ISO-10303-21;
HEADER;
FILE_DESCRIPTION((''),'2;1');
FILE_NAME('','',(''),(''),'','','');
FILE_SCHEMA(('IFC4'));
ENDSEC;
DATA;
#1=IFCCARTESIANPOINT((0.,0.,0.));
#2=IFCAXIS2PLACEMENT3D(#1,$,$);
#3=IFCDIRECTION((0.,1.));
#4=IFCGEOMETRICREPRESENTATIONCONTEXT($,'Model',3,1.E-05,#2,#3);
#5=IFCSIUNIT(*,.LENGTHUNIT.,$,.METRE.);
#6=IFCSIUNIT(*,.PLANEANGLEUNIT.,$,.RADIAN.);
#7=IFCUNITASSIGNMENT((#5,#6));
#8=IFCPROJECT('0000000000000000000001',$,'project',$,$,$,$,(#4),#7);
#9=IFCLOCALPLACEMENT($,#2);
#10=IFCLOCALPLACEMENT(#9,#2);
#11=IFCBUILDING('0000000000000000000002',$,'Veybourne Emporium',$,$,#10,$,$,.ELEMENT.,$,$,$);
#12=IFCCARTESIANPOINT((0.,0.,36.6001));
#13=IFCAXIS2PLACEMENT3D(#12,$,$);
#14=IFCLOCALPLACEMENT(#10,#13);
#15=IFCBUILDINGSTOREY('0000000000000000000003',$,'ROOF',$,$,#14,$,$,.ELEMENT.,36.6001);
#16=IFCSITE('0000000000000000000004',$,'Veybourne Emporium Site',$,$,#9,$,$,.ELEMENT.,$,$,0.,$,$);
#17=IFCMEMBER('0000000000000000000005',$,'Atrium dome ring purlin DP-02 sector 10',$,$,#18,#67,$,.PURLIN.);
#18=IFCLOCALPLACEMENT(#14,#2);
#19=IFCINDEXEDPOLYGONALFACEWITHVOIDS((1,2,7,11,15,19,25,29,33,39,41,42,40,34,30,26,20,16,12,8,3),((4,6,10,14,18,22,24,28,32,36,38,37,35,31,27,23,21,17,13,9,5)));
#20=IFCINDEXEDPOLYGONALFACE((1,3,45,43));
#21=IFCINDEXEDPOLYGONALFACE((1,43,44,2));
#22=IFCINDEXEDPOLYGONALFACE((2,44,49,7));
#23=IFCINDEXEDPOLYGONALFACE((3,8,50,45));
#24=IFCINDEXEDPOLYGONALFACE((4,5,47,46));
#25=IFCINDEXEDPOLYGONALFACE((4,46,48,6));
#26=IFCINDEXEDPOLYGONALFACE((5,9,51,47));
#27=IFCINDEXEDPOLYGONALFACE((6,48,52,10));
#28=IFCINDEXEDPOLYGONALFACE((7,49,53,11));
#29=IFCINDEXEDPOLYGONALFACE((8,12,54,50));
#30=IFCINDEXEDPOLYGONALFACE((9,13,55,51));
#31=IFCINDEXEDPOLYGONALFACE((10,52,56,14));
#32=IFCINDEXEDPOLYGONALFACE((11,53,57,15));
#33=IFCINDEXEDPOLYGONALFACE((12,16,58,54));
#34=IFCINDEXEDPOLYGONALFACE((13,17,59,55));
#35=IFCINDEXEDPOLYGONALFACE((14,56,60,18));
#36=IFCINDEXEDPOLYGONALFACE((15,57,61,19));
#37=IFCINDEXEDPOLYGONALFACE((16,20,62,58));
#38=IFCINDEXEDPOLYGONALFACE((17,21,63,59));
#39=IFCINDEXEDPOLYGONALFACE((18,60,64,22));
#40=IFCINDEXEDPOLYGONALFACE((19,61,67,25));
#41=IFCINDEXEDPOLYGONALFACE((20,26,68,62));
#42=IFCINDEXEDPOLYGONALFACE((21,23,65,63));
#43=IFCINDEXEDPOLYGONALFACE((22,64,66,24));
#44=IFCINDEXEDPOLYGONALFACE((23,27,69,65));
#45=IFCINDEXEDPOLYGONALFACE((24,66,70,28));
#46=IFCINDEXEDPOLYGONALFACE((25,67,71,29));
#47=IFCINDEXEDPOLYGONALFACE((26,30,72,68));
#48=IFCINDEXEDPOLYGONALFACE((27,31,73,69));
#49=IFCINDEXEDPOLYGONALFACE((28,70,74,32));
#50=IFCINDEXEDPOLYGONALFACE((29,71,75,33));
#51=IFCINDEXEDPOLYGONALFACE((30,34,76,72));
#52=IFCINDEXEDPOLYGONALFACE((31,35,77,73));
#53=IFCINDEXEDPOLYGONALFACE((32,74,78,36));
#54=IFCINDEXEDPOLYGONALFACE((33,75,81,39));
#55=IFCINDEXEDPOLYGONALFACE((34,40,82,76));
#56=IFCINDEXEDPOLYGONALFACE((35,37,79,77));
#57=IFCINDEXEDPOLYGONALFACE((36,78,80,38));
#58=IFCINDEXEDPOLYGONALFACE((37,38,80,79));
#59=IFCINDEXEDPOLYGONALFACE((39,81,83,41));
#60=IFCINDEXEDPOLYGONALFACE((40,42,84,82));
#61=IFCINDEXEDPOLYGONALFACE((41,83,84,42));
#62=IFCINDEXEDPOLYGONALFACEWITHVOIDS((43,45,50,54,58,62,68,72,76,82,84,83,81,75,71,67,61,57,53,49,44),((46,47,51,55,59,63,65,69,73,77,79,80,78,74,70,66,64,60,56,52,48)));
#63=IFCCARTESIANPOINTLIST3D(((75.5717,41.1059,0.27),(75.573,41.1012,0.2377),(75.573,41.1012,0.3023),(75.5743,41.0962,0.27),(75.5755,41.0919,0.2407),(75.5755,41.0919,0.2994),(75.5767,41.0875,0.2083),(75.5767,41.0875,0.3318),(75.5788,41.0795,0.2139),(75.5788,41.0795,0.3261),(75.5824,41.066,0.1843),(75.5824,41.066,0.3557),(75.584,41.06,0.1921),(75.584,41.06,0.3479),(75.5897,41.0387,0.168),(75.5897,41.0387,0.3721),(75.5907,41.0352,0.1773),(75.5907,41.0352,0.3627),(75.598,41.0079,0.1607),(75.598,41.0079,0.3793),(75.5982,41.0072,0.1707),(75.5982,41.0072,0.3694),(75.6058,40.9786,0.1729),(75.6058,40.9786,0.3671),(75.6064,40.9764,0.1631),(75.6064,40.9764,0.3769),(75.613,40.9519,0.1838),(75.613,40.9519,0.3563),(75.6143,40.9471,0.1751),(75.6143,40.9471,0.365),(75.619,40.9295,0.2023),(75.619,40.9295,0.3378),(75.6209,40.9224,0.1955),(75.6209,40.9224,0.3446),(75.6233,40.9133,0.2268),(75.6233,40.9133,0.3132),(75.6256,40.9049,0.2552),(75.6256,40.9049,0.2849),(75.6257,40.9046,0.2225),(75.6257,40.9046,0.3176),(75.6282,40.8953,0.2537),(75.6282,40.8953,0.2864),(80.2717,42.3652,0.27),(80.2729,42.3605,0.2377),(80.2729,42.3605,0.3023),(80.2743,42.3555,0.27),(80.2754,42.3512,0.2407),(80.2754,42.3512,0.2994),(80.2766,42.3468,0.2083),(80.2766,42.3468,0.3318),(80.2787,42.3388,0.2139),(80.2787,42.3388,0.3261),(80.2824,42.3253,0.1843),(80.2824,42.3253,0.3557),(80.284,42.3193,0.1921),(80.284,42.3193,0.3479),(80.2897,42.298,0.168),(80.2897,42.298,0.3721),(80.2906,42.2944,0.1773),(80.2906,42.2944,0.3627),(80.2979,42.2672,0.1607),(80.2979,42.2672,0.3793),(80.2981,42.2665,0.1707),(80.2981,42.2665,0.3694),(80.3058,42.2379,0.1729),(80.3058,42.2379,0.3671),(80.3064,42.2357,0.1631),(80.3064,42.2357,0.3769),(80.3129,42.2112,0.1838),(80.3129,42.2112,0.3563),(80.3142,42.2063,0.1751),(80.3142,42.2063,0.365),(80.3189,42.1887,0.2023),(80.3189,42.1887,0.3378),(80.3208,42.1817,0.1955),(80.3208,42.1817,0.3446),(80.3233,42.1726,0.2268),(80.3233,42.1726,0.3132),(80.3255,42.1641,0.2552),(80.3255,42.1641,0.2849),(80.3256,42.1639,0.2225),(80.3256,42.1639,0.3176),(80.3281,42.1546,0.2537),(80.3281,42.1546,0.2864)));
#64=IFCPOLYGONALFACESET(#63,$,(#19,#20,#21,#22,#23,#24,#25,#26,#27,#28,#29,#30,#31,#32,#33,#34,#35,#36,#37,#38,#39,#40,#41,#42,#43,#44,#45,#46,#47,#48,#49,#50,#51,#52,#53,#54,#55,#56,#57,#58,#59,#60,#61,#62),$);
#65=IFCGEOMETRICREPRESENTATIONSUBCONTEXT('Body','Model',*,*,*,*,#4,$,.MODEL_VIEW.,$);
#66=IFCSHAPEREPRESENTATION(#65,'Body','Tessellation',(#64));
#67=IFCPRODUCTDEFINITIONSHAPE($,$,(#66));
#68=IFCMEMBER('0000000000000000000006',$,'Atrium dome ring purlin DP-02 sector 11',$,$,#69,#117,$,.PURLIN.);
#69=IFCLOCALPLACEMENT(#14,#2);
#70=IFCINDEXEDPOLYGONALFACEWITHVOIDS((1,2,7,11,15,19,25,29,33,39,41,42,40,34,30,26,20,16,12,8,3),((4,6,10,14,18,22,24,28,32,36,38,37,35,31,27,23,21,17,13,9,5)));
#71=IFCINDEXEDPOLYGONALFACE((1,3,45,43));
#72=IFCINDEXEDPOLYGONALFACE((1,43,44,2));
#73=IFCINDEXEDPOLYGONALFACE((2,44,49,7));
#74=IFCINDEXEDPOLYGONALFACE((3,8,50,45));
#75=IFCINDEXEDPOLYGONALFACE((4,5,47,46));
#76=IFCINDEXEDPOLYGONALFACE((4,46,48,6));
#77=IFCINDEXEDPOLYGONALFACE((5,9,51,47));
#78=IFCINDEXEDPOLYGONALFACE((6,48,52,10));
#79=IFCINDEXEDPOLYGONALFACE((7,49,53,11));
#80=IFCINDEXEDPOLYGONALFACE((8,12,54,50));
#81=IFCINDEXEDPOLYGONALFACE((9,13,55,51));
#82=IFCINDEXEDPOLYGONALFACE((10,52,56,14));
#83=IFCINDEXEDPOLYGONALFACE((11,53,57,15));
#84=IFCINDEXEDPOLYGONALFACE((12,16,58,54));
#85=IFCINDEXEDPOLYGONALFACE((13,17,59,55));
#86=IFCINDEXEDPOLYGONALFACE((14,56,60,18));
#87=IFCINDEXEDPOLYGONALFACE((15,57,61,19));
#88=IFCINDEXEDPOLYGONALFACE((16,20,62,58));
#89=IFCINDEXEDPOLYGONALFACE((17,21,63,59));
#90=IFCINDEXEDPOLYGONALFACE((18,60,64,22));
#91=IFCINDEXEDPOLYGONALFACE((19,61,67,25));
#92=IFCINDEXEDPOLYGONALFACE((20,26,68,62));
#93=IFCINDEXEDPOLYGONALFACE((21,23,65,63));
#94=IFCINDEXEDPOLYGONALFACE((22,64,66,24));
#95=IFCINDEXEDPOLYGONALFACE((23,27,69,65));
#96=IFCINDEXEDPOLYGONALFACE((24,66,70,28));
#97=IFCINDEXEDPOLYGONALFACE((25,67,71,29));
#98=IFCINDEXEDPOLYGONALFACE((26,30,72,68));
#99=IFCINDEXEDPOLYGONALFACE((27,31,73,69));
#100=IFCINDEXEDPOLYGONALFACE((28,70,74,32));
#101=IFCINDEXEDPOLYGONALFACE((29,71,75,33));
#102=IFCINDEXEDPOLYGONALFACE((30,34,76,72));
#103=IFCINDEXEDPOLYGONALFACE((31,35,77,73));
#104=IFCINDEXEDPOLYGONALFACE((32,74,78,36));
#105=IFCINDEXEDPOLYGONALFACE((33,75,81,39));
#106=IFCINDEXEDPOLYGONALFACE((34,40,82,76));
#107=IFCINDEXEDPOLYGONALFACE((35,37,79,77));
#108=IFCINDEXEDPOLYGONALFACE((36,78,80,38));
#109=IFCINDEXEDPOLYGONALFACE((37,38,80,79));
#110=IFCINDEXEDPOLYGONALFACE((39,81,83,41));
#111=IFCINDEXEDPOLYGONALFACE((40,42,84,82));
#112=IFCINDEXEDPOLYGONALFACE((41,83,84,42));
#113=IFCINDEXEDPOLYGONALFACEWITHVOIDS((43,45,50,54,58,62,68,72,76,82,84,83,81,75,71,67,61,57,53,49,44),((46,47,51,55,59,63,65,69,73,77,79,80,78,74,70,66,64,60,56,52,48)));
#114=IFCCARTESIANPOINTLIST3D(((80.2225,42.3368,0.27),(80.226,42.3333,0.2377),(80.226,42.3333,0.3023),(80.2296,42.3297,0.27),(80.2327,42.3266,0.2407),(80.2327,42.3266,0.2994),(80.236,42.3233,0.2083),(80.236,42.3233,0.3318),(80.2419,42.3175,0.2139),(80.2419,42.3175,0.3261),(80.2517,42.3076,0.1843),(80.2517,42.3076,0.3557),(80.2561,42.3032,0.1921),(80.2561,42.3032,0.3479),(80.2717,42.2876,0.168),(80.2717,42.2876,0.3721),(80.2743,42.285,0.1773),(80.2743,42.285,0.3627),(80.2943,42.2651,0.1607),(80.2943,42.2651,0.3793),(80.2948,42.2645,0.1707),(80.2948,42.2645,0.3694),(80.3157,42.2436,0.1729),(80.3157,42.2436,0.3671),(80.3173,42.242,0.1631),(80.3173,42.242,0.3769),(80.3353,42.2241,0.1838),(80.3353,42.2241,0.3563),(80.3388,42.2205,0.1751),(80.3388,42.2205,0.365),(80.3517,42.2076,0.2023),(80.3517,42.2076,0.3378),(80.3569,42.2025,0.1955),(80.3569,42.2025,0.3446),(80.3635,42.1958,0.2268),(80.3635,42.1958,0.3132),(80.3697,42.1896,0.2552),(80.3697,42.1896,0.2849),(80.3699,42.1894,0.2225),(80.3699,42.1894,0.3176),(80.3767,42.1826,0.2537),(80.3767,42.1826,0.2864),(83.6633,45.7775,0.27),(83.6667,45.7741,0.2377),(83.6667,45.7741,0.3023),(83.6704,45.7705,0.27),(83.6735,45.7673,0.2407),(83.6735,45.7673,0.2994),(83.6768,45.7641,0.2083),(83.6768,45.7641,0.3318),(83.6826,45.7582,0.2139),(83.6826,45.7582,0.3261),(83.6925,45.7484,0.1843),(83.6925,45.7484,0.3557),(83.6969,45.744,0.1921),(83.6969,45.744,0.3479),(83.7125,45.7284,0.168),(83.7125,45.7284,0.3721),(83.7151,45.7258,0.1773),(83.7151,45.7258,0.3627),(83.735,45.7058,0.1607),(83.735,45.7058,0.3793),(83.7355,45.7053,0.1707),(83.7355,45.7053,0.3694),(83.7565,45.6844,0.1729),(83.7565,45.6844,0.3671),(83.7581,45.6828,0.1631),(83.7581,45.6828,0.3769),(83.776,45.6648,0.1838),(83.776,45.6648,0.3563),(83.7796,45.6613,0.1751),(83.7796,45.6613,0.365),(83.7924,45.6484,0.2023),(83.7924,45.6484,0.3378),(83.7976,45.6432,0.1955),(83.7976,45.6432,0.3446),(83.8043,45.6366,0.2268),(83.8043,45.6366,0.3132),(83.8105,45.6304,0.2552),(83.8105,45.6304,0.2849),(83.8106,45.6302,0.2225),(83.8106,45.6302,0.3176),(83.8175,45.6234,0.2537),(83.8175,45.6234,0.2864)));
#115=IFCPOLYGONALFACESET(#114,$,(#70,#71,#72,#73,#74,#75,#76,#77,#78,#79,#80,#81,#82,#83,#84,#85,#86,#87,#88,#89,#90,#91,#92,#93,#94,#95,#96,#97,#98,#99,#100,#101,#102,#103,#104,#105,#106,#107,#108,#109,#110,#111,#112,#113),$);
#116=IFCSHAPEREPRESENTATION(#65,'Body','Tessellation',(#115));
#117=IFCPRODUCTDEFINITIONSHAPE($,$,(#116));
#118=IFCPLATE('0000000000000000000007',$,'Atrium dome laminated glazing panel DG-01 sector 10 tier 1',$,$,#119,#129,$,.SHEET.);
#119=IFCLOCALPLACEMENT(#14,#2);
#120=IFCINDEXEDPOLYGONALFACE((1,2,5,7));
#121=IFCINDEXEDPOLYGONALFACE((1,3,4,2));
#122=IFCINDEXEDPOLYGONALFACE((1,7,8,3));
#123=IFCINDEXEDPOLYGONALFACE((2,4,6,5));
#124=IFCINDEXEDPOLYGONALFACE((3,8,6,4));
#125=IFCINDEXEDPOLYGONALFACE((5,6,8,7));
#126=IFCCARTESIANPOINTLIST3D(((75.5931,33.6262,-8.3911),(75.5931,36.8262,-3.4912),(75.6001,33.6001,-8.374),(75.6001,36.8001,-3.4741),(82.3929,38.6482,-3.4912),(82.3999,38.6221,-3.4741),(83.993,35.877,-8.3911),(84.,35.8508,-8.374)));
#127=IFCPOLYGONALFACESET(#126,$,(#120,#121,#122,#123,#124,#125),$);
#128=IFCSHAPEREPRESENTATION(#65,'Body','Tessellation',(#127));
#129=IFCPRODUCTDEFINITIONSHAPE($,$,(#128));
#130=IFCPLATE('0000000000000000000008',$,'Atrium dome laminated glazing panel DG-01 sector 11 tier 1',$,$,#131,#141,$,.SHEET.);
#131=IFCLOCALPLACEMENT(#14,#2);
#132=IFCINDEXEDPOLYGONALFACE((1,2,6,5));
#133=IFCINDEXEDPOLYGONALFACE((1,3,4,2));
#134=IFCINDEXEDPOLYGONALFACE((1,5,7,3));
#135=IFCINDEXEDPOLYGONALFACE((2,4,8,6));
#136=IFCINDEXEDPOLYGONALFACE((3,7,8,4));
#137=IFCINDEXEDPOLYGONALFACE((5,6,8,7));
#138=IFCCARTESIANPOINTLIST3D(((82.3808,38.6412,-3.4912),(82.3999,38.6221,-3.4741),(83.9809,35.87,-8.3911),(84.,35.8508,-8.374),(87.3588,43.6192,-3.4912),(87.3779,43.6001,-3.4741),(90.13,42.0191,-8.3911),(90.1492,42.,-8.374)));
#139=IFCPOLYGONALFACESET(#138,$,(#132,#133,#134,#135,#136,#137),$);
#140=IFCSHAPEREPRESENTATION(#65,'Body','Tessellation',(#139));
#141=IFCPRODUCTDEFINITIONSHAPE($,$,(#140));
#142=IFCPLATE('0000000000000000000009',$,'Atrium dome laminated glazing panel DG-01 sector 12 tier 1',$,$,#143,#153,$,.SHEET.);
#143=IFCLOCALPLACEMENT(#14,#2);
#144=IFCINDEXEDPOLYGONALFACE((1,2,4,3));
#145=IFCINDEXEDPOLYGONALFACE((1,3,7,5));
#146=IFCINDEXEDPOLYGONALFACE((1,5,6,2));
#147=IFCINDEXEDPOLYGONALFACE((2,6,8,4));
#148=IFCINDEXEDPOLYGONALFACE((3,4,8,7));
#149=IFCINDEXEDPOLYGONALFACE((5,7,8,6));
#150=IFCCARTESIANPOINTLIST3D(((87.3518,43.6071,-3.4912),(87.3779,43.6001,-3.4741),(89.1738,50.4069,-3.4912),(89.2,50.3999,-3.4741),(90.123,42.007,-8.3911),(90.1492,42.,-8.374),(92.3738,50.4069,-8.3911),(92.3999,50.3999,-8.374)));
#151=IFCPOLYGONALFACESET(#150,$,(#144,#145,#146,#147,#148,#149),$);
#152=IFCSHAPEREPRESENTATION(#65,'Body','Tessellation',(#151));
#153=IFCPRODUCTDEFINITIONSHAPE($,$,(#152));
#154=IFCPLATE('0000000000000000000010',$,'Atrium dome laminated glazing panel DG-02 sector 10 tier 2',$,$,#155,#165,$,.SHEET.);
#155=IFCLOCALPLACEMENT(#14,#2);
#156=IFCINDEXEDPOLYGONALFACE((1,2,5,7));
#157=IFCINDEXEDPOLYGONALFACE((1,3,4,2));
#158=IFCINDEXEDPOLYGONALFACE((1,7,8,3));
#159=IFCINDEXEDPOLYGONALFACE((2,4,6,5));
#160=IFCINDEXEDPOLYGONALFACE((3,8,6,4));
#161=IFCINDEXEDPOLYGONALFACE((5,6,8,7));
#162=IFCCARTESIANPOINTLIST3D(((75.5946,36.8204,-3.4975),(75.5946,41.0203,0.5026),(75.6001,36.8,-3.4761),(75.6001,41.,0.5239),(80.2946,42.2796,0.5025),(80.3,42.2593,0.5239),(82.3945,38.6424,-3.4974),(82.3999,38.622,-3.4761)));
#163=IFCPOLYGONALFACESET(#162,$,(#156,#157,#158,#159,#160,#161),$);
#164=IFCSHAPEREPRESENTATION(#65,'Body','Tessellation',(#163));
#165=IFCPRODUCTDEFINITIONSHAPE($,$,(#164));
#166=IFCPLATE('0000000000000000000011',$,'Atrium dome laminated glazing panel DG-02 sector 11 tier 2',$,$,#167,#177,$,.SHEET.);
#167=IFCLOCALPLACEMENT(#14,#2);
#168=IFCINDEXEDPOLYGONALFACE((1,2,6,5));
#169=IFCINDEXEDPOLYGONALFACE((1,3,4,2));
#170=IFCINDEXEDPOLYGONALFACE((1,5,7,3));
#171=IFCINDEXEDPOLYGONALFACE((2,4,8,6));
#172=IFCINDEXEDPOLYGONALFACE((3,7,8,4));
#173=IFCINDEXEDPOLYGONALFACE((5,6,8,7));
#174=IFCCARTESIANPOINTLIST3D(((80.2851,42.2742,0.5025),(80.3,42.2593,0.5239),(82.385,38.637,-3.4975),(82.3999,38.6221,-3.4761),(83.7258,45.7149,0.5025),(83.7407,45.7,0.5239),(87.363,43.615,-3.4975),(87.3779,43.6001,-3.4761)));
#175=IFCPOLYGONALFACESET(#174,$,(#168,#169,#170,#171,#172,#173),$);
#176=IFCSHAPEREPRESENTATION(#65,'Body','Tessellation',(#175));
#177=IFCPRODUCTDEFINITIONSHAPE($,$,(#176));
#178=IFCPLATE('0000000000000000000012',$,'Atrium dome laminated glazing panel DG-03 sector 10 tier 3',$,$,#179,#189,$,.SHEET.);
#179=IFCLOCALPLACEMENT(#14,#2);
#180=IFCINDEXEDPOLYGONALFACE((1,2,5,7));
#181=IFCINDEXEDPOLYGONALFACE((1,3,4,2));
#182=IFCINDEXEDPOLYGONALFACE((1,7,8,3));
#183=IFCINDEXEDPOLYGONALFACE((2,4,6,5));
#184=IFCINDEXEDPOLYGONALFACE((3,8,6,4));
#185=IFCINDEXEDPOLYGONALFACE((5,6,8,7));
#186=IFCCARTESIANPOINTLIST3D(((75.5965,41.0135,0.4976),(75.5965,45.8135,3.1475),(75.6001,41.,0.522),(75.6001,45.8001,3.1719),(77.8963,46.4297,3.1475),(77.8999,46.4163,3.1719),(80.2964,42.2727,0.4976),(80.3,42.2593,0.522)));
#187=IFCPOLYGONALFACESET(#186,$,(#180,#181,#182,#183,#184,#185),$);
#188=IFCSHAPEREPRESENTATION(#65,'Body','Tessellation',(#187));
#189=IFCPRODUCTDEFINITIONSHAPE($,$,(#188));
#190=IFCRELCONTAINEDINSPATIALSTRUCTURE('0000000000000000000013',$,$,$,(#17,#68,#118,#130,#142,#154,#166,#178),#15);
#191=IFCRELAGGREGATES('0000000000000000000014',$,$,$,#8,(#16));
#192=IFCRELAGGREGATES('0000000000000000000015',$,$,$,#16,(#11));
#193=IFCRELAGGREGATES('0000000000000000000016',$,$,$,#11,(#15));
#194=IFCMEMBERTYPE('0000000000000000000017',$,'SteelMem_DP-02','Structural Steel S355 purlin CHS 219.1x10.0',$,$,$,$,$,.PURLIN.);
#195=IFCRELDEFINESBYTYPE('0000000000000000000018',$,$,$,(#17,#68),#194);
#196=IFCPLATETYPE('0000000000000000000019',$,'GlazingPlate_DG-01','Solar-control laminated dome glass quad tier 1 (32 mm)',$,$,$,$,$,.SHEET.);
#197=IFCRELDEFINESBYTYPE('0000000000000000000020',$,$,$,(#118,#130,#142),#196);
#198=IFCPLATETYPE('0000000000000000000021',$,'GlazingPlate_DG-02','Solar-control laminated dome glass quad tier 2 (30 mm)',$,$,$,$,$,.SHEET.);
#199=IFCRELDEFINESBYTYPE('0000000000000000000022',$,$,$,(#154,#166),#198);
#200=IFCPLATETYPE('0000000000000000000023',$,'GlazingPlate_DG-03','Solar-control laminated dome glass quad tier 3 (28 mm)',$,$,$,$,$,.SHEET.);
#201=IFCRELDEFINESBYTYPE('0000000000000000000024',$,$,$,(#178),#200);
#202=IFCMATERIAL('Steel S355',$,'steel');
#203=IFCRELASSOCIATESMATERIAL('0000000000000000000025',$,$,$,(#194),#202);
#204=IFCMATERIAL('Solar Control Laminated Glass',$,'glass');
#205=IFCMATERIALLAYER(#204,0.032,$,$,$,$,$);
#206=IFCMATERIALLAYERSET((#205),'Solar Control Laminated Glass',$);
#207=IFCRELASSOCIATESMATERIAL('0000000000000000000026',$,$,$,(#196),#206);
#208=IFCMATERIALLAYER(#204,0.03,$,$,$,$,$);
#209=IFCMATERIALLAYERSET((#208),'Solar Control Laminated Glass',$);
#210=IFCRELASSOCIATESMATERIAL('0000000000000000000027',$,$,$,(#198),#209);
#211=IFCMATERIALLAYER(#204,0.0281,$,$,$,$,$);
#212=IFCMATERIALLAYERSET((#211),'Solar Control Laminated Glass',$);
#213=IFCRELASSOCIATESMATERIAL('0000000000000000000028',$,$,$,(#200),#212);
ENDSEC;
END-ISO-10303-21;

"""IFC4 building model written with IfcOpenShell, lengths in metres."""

from ifc_helpers import new_model, si_unit, direction, frame, origin, origin_2d, place, context, subcontext, project, spatial, polyline, hollow_circle, outline, extrude, material, layer, layer_set, material_profile, profile_set, type_object, element, save


model = new_model("IFC4")

# Units and contexts
model_context = context("Model", 3, precision=1e-05, world=origin(), true_north=direction((0.0, 1.0)))
body_context = subcontext(model_context, "Body", "Model", "MODEL_VIEW")
ifc_project = project(units=[si_unit("LENGTHUNIT", "METRE"), si_unit("PLANEANGLEUNIT", "RADIAN")], contexts=[model_context])

# Site, building, storey
site_placement = place(None, origin())
site = spatial("IfcSite", under=ifc_project, at=site_placement, Name="Veybourne Emporium Site", CompositionType="ELEMENT", RefElevation=0.0)
building_placement = place(site_placement, origin())
building = spatial("IfcBuilding", under=site, at=building_placement, Name="Veybourne Emporium", CompositionType="ELEMENT")
storey_placement = place(building_placement, frame((0.0, 0.0, 36.6001)))
storey = spatial("IfcBuildingStorey", under=building, at=storey_placement, Name="ROOF", CompositionType="ELEMENT", Elevation=36.6001)

# Shared definitions
ifc_material_1 = material(Name="Steel S355", Category="steel")

# Members
ifc_material_profile_1 = material_profile(ifc_material_1, hollow_circle(Radius=0.1096, WallThickness=0.01, at=origin_2d()), Name="CHS 219.1x10.0")
ifc_profile_set_1 = profile_set([ifc_material_profile_1], Name="Steel S355")
member_type_1 = type_object("IfcMemberType", Name="SteelMem_DP-02", Description="Structural Steel S355 purlin CHS 219.1x10.0", PredefinedType="PURLIN", material=ifc_profile_set_1)
member_1_placement = place(storey_placement, frame((75.6001, 41.0, 0.27), z_axis=(0.965929, 0.258805, 0.0), x_axis=(-0.258805, 0.965929, 0.0)))
element("IfcMember", 1, at=member_1_placement, inside=storey, type_object=member_type_1, Name="Atrium dome ring purlin DP-02 sector 10", PredefinedType="PURLIN", context=body_context, shape_type="SweptSolid", body=[
    extrude(hollow_circle(Radius=0.1096, WallThickness=0.01, at=origin_2d()), origin(), (0.0, 0.0, 1.0), 4.8657),
])
member_2_placement = place(storey_placement, frame((80.3, 42.2593, 0.27), z_axis=(0.707107, 0.707107, 0.0), x_axis=(-0.707107, 0.707107, 0.0)))
element("IfcMember", 2, at=member_2_placement, inside=storey, type_object=member_type_1, Name="Atrium dome ring purlin DP-02 sector 11", PredefinedType="PURLIN", context=body_context, shape_type="SweptSolid", body=[
    extrude(hollow_circle(Radius=0.1096, WallThickness=0.01, at=origin_2d()), origin(), (0.0, 0.0, 1.0), 4.866),
])

# Plates
ifc_material_2 = material(Name="Solar Control Laminated Glass", Category="glass")
ifc_layer_1 = layer(ifc_material_2, 0.032)
ifc_layer_set_1 = layer_set([ifc_layer_1], Name="Solar Control Laminated Glass")
plate_type_1 = type_object("IfcPlateType", Name="GlazingPlate_DG-01", Description="Solar-control laminated dome glass quad tier 1 (32 mm)", PredefinedType="SHEET", material=ifc_layer_set_1)
plate_1_placement = place(storey_placement, frame((75.6001, 33.6001, -8.374), z_axis=(0.218904, -0.816961, 0.533531), x_axis=(0.965926, 0.258819, -0.000001)))
element("IfcPlate", 3, at=plate_1_placement, inside=storey, type_object=plate_type_1, Name="Atrium dome laminated glazing panel DG-01 sector 10 tier 1", PredefinedType="SHEET", context=body_context, shape_type="SweptSolid", body=[
    extrude(outline(polyline([(0.0, 0.0), (8.6962, 0.0), (7.8679, 5.7934), (0.8282, 5.7933), (0.0, 0.0)])), origin(), (0.0, 0.0, -1.0), 0.032),
])
plate_2_placement = place(storey_placement, frame((84.0, 35.8508, -8.374), z_axis=(0.598053, -0.598053, 0.53354), x_axis=(0.707107, 0.707107, 0.0)))
element("IfcPlate", 4, at=plate_2_placement, inside=storey, type_object=plate_type_1, Name="Atrium dome laminated glazing panel DG-01 sector 11 tier 1", PredefinedType="SHEET", context=body_context, shape_type="SweptSolid", body=[
    extrude(outline(polyline([(0.0, 0.0), (8.6962, 0.0), (7.8681, 5.7934), (0.8281, 5.7934), (0.0, 0.0)])), origin(), (0.0, 0.0, -1.0), 0.032),
])
plate_3_placement = place(storey_placement, frame((90.1492, 42.0, -8.374), z_axis=(0.816961, -0.218904, 0.533531), x_axis=(0.258819, 0.965926, 0.000001)))
element("IfcPlate", 5, at=plate_3_placement, inside=storey, type_object=plate_type_1, Name="Atrium dome laminated glazing panel DG-01 sector 12 tier 1", PredefinedType="SHEET", context=body_context, shape_type="SweptSolid", body=[
    extrude(outline(polyline([(0.0, 0.0), (8.6962, 0.0), (7.868, 5.7933), (0.8283, 5.7934), (0.0, 0.0)])), origin(), (0.0, 0.0, -1.0), 0.032),
])
ifc_layer_2 = layer(ifc_material_2, 0.03)
ifc_layer_set_2 = layer_set([ifc_layer_2], Name="Solar Control Laminated Glass")
plate_type_2 = type_object("IfcPlateType", Name="GlazingPlate_DG-02", Description="Solar-control laminated dome glass quad tier 2 (30 mm)", PredefinedType="SHEET", material=ifc_layer_set_2)
plate_4_placement = place(storey_placement, frame((75.6001, 36.8, -3.4761), z_axis=(0.181715, -0.678182, 0.712074), x_axis=(0.965926, 0.258818, 0.000003)))
element("IfcPlate", 6, at=plate_4_placement, inside=storey, type_object=plate_type_2, Name="Atrium dome laminated glazing panel DG-02 sector 10 tier 2", PredefinedType="SHEET", context=body_context, shape_type="SweptSolid", body=[
    extrude(outline(polyline([(0.0, 0.0), (7.0397, 0.0), (5.9528, 5.6971), (1.087, 5.6972), (0.0, 0.0)])), origin(), (0.0, 0.0, -1.0), 0.03),
])
plate_5_placement = place(storey_placement, frame((82.3999, 38.6221, -3.4761), z_axis=(0.496468, -0.496468, 0.712067), x_axis=(0.707107, 0.707107, 0.0)))
element("IfcPlate", 7, at=plate_5_placement, inside=storey, type_object=plate_type_2, Name="Atrium dome laminated glazing panel DG-02 sector 11 tier 2", PredefinedType="SHEET", context=body_context, shape_type="SweptSolid", body=[
    extrude(outline(polyline([(0.0, 0.0), (7.04, 0.0), (5.9529, 5.6971), (1.0871, 5.6971), (0.0, 0.0)])), origin(), (0.0, 0.0, -1.0), 0.03),
])
ifc_layer_3 = layer(ifc_material_2, 0.0281)
ifc_layer_set_3 = layer_set([ifc_layer_3], Name="Solar Control Laminated Glass")
plate_type_3 = type_object("IfcPlateType", Name="GlazingPlate_DG-03", Description="Solar-control laminated dome glass quad tier 3 (28 mm)", PredefinedType="SHEET", material=ifc_layer_set_3)
plate_6_placement = place(storey_placement, frame((75.6001, 41.0, 0.522), z_axis=(0.128421, -0.479298, 0.868206), x_axis=(0.965929, 0.258806, -0.000001)))
element("IfcPlate", 8, at=plate_6_placement, inside=storey, type_object=plate_type_3, Name="Atrium dome laminated glazing panel DG-03 sector 10 tier 3", PredefinedType="SHEET", context=body_context, shape_type="SweptSolid", body=[
    extrude(outline(polyline([(0.0, 0.0), (4.8657, 0.0), (3.6232, 5.3403), (1.2423, 5.3403), (0.0, 0.0)])), origin(), (0.0, 0.0, -1.0), 0.0281),
])

save(model, "model.ifc")
